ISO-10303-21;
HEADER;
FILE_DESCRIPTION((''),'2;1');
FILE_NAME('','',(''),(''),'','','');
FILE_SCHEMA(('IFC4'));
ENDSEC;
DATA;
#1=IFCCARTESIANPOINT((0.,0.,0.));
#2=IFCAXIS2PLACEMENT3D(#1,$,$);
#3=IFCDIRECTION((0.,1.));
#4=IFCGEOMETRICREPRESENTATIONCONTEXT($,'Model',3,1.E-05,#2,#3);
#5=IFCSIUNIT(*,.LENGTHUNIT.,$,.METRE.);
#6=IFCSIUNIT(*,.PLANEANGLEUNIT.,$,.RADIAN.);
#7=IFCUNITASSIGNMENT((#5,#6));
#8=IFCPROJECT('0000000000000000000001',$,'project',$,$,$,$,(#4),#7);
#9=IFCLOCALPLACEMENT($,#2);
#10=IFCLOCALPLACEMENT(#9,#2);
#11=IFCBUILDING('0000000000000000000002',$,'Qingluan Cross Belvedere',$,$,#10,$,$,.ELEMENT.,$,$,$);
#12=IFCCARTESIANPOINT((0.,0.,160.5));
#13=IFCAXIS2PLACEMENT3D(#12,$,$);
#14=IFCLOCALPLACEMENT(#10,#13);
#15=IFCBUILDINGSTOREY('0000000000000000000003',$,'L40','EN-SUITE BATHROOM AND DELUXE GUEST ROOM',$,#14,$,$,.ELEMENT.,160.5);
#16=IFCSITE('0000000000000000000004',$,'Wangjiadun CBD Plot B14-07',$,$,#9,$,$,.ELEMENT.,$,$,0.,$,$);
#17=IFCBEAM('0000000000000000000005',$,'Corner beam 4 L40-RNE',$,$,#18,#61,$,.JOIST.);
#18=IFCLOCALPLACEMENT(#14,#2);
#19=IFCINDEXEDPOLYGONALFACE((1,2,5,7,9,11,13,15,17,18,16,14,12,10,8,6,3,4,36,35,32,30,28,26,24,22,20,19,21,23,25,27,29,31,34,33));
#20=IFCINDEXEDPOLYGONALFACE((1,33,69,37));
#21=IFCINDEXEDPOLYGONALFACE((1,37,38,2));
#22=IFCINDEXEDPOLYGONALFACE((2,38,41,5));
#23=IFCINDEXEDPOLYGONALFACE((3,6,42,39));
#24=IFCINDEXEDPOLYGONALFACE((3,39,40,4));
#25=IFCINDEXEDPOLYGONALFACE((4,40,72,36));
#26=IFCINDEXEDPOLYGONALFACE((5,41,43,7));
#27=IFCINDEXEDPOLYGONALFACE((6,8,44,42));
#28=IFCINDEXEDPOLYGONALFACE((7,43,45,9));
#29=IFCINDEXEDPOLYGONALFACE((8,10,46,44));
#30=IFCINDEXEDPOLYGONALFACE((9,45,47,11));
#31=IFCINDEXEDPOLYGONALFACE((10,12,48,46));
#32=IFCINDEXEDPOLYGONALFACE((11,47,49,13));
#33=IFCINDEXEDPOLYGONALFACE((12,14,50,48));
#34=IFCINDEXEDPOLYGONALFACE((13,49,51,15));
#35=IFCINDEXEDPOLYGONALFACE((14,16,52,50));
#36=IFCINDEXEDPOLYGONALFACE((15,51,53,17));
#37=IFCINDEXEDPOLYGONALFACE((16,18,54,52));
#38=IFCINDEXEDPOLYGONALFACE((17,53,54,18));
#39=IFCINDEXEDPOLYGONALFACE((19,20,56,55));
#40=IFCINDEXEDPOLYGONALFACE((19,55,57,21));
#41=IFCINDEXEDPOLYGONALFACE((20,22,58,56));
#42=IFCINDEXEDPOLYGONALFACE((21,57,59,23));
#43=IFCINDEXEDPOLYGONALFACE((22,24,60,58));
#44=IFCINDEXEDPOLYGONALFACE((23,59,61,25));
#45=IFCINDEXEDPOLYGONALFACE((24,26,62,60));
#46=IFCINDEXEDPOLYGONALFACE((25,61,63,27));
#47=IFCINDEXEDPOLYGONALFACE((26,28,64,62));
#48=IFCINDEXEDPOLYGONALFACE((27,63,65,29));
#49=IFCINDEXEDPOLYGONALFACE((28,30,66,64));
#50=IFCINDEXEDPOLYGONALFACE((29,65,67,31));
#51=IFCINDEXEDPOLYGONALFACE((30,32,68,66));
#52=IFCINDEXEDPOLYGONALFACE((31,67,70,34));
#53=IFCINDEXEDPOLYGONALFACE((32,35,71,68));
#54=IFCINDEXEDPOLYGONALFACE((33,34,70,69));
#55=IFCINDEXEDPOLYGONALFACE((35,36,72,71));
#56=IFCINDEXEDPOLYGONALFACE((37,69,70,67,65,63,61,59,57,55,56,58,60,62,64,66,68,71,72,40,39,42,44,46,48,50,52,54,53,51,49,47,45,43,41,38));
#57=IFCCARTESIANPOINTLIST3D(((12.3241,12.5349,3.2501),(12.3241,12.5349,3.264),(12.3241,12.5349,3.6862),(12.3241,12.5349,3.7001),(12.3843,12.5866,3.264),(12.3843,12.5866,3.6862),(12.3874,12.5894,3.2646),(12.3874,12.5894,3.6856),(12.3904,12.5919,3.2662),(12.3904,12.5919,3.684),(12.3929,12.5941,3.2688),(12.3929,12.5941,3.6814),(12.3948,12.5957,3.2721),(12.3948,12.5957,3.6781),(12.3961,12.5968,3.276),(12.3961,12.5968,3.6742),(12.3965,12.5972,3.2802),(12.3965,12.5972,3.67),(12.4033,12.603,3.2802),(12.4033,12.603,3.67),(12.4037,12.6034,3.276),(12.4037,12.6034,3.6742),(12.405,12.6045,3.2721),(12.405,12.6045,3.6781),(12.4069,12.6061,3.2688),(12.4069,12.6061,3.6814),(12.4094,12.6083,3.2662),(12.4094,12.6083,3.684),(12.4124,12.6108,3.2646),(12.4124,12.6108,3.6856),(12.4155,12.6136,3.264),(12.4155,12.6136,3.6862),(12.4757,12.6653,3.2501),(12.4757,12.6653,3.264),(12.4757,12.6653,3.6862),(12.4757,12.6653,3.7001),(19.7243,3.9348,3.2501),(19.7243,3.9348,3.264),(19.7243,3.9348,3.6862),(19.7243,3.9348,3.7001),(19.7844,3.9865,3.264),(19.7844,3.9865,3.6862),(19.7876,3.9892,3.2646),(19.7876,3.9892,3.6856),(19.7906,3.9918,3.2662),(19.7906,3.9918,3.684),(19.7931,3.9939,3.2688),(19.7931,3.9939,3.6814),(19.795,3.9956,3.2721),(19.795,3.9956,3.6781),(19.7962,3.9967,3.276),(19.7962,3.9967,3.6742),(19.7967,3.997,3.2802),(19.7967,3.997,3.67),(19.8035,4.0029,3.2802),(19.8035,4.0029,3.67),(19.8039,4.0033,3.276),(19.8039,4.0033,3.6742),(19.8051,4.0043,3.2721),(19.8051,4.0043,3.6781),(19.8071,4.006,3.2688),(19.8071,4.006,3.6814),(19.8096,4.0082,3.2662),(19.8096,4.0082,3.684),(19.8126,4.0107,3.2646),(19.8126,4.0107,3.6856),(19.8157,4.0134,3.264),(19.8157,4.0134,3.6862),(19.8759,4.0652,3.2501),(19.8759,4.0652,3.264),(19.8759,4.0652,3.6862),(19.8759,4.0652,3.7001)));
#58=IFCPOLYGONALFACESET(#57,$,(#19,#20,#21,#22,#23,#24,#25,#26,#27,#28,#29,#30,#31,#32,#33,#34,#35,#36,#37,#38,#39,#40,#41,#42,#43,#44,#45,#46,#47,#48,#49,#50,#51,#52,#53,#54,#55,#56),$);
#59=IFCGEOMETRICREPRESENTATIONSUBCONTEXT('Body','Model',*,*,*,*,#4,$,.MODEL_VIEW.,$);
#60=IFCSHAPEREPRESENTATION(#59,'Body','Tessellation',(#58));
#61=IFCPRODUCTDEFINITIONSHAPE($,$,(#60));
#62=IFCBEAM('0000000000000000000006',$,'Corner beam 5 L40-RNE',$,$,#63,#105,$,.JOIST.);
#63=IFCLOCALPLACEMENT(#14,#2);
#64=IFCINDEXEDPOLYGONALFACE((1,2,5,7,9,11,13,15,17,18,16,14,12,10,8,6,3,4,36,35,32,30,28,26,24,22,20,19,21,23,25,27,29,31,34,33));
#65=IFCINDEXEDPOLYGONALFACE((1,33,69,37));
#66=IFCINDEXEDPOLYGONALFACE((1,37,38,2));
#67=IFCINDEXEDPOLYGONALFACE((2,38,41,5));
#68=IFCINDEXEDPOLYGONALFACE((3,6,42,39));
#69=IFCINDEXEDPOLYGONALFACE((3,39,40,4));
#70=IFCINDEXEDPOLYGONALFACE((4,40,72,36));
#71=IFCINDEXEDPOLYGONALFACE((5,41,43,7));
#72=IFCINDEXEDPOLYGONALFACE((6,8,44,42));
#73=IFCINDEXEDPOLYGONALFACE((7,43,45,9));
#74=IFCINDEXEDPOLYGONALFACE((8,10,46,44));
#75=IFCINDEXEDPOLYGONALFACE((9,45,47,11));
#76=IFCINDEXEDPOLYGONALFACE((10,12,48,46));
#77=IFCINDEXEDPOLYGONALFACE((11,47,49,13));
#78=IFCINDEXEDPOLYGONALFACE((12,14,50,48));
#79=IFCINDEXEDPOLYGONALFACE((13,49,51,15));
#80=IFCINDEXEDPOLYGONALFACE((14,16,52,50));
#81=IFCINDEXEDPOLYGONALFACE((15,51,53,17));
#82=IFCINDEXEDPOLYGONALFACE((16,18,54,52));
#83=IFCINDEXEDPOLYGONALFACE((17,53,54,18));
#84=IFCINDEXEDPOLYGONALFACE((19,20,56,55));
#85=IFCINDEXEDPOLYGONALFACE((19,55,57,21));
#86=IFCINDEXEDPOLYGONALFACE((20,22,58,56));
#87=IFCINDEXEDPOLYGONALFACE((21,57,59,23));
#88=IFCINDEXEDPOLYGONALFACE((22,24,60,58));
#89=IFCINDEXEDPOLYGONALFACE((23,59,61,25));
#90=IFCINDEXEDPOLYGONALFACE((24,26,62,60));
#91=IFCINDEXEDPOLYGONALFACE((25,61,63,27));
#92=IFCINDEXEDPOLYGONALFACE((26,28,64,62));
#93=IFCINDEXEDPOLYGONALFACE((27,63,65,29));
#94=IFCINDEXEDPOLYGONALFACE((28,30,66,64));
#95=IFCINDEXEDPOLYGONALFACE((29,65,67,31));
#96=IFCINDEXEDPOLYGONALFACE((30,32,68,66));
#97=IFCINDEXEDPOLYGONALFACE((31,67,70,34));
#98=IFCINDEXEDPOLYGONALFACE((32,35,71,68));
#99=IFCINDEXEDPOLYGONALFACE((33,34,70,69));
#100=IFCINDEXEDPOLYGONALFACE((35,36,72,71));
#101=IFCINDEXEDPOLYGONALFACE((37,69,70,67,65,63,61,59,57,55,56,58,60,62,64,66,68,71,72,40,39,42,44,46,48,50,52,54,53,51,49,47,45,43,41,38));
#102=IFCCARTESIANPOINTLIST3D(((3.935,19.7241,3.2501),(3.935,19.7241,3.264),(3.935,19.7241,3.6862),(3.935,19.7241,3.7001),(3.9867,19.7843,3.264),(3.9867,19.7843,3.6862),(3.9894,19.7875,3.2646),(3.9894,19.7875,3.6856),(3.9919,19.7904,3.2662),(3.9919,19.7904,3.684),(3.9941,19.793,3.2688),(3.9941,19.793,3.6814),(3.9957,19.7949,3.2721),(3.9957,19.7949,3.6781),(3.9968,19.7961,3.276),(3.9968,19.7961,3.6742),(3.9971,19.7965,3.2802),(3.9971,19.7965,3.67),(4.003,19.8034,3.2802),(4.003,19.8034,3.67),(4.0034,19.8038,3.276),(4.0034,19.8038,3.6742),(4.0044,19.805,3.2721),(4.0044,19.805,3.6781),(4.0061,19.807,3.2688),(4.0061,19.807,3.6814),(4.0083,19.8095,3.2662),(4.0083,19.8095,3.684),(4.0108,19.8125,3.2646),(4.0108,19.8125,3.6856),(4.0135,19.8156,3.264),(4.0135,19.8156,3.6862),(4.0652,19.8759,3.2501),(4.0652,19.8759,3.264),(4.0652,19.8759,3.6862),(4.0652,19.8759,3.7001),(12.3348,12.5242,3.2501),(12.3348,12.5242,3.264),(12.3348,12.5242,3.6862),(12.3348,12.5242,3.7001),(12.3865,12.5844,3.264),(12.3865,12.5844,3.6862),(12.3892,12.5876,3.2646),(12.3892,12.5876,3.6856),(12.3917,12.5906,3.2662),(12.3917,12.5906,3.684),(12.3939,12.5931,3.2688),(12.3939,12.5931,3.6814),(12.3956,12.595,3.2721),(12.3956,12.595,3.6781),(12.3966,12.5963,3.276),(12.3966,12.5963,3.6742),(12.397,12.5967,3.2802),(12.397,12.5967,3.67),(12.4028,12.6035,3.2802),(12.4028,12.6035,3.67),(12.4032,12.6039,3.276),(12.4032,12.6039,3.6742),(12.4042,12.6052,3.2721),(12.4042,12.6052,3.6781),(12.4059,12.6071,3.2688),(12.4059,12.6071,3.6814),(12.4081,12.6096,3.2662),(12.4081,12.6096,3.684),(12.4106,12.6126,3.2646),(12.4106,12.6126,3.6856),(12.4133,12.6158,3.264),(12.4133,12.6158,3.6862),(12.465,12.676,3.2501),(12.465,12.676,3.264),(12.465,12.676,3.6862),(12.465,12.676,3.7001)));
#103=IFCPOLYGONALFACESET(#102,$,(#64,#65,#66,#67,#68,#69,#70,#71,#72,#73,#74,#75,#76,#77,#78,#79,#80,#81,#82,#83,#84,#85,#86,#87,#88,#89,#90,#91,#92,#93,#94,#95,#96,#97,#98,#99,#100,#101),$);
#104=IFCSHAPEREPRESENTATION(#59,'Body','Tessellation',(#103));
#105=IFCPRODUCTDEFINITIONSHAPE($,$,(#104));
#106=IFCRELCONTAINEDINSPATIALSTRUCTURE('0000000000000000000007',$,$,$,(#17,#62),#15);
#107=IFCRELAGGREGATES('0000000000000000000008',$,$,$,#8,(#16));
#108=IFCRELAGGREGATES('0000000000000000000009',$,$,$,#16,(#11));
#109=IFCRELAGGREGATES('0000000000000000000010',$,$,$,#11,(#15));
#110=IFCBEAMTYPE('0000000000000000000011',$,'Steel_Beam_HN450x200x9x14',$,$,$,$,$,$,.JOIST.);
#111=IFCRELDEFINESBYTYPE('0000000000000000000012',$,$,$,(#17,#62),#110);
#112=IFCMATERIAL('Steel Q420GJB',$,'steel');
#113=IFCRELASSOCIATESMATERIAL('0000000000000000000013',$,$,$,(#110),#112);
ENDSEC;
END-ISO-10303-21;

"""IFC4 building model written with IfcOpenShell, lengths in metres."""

from ifc_helpers import new_model, si_unit, direction, frame, origin, origin_2d, place, context, subcontext, project, spatial, i_section, extrude, material, material_profile, profile_set, type_object, element, save


model = new_model("IFC4")

# Units and contexts
model_context = context("Model", 3, precision=1e-05, world=origin(), true_north=direction((0.0, 1.0)))
body_context = subcontext(model_context, "Body", "Model", "MODEL_VIEW")
ifc_project = project(units=[si_unit("LENGTHUNIT", "METRE"), si_unit("PLANEANGLEUNIT", "RADIAN")], contexts=[model_context])

# Site, building, storey
site_placement = place(None, origin())
site = spatial("IfcSite", under=ifc_project, at=site_placement, Name="Wangjiadun CBD Plot B14-07", CompositionType="ELEMENT", RefElevation=0.0)
building_placement = place(site_placement, origin())
building = spatial("IfcBuilding", under=site, at=building_placement, Name="Qingluan Cross Belvedere", CompositionType="ELEMENT")
storey_placement = place(building_placement, frame((0.0, 0.0, 160.5)))
storey = spatial("IfcBuildingStorey", under=building, at=storey_placement, Name="L40", Description="EN-SUITE BATHROOM AND DELUXE GUEST ROOM", CompositionType="ELEMENT", Elevation=160.5)

# Beams
ifc_material_1 = material(Name="Steel Q420GJB", Category="steel")
ifc_material_profile_1 = material_profile(ifc_material_1, i_section(OverallWidth=0.2, OverallDepth=0.45, WebThickness=0.009, FlangeThickness=0.0139, FilletRadius=0.0161, at=origin_2d()), Name="HN450x200x9x14")
ifc_profile_set_1 = profile_set([ifc_material_profile_1], Name="Steel Q420GJB")
beam_type = type_object("IfcBeamType", Name="Steel_Beam_HN450x200x9x14", PredefinedType="JOIST", material=ifc_profile_set_1)
beam_1_placement = place(storey_placement, frame((12.3999, 12.6001, 3.4751), z_axis=(0.652245, -0.758008, 0.0), x_axis=(0.758008, 0.652245, 0.0)))
element("IfcBeam", 1, at=beam_1_placement, inside=storey, type_object=beam_type, Name="Corner beam 4 L40-RNE", PredefinedType="JOIST", context=body_context, shape_type="SweptSolid", body=[
    extrude(i_section(OverallWidth=0.2, OverallDepth=0.45, WebThickness=0.009, FlangeThickness=0.0139, FilletRadius=0.0161, at=origin_2d()), origin(), (0.0, 0.0, 1.0), 11.3457),
])
beam_2_placement = place(storey_placement, frame((12.3999, 12.6001, 3.4751), z_axis=(-0.759255, 0.650793, 0.0), x_axis=(-0.650793, -0.759255, 0.0)))
element("IfcBeam", 2, at=beam_2_placement, inside=storey, type_object=beam_type, Name="Corner beam 5 L40-RNE", PredefinedType="JOIST", context=body_context, shape_type="SweptSolid", body=[
    extrude(i_section(OverallWidth=0.2, OverallDepth=0.45, WebThickness=0.009, FlangeThickness=0.0139, FilletRadius=0.0161, at=origin_2d()), origin(), (0.0, 0.0, 1.0), 11.0632),
])

save(model, "model.ifc")
